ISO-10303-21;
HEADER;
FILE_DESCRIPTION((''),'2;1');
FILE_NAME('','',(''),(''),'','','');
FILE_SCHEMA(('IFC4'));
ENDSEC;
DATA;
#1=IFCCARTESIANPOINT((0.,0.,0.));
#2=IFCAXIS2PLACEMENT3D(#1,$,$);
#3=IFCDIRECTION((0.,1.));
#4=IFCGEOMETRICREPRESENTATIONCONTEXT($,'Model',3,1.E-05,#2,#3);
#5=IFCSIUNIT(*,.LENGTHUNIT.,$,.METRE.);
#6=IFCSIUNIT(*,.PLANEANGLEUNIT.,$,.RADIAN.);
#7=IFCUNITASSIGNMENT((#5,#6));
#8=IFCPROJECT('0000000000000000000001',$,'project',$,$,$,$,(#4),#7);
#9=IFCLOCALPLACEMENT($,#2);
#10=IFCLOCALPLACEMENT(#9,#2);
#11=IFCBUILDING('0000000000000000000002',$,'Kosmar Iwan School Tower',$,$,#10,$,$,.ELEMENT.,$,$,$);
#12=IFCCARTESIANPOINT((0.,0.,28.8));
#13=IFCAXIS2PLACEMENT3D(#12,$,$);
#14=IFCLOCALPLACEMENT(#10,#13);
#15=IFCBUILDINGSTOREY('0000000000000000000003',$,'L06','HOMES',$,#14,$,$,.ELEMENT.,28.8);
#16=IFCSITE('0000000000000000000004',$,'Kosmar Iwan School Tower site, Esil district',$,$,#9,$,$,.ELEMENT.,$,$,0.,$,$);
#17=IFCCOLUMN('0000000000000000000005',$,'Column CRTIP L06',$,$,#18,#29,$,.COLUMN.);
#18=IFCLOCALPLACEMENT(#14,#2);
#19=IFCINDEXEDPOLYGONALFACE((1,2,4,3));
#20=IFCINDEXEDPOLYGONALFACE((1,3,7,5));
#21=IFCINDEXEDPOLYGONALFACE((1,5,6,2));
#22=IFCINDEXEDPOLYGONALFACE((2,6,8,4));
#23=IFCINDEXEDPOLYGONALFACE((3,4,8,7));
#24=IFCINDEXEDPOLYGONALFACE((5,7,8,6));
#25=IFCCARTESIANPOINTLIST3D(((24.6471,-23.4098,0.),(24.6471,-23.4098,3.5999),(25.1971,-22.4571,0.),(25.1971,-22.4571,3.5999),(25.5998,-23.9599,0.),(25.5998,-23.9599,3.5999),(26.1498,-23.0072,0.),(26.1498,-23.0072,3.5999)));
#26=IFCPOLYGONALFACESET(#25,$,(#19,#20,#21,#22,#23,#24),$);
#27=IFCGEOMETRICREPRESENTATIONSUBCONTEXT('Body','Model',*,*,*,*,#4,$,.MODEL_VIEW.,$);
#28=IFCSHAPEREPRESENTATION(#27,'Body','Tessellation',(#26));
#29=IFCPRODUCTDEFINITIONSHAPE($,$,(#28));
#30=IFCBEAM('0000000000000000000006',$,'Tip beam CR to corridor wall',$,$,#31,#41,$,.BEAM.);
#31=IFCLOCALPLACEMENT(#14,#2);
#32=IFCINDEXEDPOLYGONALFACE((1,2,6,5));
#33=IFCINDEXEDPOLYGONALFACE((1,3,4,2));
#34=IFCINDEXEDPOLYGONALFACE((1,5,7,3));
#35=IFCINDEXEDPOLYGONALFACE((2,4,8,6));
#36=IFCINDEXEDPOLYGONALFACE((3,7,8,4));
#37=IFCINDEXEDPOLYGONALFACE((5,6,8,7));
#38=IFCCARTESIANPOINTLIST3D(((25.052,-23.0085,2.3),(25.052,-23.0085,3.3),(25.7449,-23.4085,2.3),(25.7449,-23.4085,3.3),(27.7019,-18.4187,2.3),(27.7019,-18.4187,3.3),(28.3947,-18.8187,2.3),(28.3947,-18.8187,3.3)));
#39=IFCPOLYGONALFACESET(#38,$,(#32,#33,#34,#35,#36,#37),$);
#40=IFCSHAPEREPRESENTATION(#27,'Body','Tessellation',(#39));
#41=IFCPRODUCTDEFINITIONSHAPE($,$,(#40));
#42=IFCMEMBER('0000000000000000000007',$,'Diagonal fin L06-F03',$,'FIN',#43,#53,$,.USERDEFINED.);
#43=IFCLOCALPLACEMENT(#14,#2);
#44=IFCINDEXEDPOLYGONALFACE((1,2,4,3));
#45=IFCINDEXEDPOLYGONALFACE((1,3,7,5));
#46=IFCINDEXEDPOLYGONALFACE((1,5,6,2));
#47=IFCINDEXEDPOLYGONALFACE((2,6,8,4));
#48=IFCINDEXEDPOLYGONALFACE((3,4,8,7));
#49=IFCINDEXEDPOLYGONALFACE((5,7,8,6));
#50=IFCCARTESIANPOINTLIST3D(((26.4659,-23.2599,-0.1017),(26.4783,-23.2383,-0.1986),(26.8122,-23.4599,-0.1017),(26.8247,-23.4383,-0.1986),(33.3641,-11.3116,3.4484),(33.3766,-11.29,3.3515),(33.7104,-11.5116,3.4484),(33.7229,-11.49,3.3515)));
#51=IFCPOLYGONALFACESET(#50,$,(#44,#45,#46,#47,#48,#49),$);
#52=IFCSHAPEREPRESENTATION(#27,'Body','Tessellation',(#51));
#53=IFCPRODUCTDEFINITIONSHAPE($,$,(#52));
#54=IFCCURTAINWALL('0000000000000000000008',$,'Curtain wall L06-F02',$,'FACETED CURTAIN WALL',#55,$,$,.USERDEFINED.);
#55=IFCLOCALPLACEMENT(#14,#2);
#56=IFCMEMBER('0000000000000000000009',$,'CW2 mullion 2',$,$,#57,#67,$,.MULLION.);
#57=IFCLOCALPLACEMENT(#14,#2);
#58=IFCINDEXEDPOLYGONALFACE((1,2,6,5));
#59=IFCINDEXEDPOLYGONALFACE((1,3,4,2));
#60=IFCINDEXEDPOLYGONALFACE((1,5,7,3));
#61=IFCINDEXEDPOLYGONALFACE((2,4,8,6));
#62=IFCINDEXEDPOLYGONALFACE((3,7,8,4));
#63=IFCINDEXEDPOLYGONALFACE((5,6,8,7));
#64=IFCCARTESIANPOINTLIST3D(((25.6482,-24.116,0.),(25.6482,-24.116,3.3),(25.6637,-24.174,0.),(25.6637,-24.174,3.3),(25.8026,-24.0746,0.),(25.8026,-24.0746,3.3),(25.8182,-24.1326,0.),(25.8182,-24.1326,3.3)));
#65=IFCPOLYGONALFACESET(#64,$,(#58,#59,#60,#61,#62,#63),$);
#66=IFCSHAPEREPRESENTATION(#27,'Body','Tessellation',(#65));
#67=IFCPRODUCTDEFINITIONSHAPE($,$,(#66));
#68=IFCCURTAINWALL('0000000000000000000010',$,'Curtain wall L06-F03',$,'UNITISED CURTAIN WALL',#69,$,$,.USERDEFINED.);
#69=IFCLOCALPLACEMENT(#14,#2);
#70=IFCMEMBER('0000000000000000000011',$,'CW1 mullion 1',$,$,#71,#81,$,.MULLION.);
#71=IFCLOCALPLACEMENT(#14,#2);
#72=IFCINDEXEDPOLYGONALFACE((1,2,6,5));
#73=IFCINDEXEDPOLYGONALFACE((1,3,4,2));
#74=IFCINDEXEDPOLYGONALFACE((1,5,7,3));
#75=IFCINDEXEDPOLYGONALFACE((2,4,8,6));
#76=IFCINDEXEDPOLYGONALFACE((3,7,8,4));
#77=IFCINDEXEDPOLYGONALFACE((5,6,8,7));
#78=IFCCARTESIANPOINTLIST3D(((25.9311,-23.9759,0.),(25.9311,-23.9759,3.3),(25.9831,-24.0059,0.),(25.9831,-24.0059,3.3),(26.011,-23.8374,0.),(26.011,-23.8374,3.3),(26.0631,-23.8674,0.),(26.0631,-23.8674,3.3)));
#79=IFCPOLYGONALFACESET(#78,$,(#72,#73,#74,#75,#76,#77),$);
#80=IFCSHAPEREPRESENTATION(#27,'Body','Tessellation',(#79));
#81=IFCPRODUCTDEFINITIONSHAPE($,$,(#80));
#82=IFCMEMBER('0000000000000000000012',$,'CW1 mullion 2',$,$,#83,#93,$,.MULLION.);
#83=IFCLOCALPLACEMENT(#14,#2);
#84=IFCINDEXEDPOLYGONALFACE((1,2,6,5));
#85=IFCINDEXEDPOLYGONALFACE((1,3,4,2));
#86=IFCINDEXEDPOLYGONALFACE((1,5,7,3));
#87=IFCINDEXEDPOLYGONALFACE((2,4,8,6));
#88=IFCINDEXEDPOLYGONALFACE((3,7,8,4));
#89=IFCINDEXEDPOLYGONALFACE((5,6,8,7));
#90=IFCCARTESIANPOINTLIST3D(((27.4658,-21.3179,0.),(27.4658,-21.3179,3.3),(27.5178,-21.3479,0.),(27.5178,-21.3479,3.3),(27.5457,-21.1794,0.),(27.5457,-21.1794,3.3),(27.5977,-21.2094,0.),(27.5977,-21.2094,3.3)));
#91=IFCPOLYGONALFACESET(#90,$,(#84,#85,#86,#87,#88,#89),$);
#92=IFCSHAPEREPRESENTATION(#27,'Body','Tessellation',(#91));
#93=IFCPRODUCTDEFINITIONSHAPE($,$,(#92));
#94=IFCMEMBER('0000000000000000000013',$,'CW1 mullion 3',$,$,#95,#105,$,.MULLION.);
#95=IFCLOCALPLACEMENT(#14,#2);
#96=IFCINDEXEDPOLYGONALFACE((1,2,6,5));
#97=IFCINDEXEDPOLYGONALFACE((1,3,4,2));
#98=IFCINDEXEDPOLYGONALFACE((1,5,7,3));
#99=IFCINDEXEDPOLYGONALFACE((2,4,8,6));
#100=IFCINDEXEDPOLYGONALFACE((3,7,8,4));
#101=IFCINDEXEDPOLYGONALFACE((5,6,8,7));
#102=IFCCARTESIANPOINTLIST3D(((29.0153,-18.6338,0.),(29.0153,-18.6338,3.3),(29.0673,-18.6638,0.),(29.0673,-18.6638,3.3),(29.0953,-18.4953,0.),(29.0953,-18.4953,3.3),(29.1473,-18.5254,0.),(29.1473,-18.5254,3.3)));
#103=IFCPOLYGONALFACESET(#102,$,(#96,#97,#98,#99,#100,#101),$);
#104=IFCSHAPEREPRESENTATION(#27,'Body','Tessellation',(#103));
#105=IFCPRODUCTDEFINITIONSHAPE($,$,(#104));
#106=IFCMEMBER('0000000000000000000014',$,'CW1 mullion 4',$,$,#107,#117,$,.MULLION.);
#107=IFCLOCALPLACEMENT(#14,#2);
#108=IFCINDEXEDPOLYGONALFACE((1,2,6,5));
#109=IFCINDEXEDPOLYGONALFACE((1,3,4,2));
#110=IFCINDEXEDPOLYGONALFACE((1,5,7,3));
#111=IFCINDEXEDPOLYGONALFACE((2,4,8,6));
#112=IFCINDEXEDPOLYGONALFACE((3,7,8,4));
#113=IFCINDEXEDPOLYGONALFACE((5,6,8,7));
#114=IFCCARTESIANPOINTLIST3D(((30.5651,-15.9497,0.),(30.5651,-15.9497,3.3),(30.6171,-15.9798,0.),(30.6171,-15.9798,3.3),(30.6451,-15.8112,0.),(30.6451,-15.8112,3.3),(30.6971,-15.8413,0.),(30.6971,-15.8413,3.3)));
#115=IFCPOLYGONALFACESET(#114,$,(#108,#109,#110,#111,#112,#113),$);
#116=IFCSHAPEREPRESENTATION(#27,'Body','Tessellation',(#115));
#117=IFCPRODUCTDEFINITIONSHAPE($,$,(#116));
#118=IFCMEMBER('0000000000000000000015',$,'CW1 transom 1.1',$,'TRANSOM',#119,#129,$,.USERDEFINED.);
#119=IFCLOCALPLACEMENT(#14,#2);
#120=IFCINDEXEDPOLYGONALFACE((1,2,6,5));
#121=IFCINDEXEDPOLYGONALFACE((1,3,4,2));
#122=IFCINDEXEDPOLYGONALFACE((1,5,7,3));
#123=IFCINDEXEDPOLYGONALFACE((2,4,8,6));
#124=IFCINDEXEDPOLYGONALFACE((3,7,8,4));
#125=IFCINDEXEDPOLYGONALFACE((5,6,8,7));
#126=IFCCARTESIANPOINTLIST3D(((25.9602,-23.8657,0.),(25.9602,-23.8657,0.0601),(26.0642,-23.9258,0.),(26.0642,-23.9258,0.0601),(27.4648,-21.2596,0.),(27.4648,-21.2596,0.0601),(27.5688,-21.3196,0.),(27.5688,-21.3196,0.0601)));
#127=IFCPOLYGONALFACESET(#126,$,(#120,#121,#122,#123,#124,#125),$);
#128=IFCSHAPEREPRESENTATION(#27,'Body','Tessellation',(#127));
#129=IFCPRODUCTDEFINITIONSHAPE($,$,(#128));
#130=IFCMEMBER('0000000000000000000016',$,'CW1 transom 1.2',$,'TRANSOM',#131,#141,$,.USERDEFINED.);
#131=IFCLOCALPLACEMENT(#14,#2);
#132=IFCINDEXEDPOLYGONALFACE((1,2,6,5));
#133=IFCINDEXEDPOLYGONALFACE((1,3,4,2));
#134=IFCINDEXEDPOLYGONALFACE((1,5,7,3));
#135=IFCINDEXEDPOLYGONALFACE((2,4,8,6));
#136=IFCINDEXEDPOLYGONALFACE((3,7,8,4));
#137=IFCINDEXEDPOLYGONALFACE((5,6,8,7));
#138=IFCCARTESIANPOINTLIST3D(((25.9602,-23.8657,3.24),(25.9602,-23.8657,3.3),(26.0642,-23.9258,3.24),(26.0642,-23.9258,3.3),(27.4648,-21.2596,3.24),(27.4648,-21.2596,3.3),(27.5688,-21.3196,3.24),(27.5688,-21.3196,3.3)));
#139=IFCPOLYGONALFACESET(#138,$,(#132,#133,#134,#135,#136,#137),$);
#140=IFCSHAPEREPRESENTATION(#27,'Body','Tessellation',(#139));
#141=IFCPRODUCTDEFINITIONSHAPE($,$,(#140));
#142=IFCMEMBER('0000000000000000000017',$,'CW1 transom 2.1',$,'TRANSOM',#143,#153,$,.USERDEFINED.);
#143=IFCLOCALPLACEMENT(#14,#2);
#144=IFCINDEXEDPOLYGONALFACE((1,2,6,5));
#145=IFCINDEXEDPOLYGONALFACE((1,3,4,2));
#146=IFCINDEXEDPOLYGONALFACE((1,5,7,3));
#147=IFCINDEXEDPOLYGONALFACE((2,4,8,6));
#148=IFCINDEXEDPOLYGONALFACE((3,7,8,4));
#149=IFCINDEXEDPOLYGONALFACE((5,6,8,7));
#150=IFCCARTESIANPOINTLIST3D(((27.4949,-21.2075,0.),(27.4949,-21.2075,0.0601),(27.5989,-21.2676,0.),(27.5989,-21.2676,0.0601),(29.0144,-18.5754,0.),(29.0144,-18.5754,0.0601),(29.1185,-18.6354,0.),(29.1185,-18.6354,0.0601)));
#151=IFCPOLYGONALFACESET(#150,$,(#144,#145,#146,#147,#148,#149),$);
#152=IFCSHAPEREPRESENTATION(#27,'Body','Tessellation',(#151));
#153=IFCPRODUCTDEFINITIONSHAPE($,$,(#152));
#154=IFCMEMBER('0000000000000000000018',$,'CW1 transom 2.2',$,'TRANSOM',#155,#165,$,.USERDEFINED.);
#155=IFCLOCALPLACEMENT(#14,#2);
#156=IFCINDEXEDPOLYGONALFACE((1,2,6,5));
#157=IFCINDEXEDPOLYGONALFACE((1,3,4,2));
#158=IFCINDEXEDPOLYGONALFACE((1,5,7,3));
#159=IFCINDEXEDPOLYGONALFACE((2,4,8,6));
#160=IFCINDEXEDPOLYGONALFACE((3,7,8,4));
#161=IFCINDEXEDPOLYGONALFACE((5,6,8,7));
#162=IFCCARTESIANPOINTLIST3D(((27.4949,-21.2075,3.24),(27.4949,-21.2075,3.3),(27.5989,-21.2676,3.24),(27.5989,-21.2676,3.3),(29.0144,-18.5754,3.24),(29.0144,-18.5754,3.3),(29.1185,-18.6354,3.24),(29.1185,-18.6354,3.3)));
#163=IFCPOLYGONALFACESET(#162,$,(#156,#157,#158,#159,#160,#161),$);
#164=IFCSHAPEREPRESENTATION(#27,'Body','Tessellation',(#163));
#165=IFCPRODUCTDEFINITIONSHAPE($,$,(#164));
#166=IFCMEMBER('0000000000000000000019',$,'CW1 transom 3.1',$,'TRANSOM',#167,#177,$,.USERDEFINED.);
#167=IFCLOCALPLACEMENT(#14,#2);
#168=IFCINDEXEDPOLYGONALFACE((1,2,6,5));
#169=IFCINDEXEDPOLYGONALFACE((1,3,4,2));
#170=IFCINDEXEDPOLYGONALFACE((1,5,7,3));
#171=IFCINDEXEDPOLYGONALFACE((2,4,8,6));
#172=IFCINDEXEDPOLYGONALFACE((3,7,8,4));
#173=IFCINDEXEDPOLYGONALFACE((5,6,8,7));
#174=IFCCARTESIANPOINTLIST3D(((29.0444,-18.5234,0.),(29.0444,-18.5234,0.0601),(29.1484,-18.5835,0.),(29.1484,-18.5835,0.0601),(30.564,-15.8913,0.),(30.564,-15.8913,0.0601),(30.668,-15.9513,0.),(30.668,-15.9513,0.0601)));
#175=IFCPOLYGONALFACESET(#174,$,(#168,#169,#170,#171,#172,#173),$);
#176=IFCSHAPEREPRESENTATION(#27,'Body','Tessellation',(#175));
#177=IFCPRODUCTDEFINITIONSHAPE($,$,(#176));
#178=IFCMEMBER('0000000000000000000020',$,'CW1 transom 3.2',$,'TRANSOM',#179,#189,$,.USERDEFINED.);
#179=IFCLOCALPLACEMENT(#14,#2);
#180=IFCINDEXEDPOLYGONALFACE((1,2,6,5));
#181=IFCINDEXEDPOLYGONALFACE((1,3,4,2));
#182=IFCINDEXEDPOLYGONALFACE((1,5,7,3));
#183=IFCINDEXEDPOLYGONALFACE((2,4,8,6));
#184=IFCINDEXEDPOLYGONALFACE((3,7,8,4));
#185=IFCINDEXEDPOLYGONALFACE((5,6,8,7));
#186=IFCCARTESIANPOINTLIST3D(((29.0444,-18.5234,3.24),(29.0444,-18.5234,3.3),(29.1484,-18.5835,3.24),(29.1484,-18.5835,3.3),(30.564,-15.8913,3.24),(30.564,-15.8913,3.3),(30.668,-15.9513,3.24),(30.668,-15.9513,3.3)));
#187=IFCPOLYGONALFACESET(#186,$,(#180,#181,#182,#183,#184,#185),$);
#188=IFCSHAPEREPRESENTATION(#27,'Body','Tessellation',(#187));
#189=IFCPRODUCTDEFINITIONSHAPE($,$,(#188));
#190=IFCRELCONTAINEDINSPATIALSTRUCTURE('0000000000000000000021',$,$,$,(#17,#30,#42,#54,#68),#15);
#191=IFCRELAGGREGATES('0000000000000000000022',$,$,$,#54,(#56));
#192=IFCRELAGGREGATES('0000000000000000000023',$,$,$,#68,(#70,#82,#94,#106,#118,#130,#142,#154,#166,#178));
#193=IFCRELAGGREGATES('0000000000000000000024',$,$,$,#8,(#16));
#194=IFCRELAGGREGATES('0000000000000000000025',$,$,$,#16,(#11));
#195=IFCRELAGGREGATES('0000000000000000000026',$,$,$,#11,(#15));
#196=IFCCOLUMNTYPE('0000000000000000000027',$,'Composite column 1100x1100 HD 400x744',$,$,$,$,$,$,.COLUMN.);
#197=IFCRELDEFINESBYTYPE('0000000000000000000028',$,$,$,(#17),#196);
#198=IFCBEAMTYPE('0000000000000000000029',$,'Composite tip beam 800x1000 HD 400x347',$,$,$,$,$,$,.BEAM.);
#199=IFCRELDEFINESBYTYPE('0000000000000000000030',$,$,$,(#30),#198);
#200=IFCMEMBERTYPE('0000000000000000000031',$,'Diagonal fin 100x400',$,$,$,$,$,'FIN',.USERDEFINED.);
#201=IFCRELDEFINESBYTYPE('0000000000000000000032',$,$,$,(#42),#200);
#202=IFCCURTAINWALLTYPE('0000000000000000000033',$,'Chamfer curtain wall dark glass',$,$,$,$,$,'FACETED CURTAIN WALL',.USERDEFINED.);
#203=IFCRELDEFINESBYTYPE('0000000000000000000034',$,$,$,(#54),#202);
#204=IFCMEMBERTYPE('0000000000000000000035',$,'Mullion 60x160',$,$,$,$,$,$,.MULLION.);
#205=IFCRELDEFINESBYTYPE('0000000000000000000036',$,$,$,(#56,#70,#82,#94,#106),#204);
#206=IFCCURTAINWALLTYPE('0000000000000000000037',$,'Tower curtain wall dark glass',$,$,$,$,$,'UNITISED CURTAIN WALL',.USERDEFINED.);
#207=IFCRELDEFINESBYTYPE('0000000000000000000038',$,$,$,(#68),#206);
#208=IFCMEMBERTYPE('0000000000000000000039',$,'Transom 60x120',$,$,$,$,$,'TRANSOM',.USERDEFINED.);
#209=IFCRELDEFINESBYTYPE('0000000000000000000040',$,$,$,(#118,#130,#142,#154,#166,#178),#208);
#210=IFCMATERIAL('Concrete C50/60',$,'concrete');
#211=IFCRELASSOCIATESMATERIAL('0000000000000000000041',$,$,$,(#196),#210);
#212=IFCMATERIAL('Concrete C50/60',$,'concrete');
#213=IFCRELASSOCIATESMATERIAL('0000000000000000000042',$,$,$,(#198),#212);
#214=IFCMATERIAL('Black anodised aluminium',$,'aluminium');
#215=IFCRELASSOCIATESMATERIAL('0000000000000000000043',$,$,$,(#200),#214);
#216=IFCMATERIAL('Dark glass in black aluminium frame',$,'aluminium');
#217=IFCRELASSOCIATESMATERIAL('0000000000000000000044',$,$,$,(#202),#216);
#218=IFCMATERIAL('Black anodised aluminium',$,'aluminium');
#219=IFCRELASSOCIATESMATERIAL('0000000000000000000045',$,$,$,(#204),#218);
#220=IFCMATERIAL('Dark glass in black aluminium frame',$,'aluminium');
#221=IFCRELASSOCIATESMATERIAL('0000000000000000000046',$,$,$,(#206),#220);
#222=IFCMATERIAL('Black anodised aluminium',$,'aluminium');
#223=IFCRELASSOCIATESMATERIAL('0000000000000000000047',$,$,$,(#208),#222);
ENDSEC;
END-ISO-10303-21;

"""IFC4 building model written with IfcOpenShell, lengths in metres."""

from ifc_helpers import new_model, si_unit, direction, frame, origin, origin_2d, place, context, subcontext, project, spatial, rectangle, extrude, material, material_profile, profile_set, type_object, element, aggregate, save


model = new_model("IFC4")

# Units and contexts
model_context = context("Model", 3, precision=1e-05, world=origin(), true_north=direction((0.0, 1.0)))
body_context = subcontext(model_context, "Body", "Model", "MODEL_VIEW")
ifc_project = project(units=[si_unit("LENGTHUNIT", "METRE"), si_unit("PLANEANGLEUNIT", "RADIAN")], contexts=[model_context])

# Site, building, storey
site_placement = place(None, origin())
site = spatial("IfcSite", under=ifc_project, at=site_placement, Name="Kosmar Iwan School Tower site, Esil district", CompositionType="ELEMENT", RefElevation=0.0)
building_placement = place(site_placement, origin())
building = spatial("IfcBuilding", under=site, at=building_placement, Name="Kosmar Iwan School Tower", CompositionType="ELEMENT")
storey_placement = place(building_placement, frame((0.0, 0.0, 28.8)))
storey = spatial("IfcBuildingStorey", under=building, at=storey_placement, Name="L06", Description="HOMES", CompositionType="ELEMENT", Elevation=28.8)

# Column
ifc_material_1 = material(Name="Concrete C50/60", Category="concrete")
ifc_material_profile_1 = material_profile(ifc_material_1, rectangle(XDim=1.1001, YDim=1.1001, at=origin_2d()), Name="RC 1100x1100 + HD 400x744")
ifc_profile_set_1 = profile_set([ifc_material_profile_1], Name="Concrete C50/60")
column_type = type_object("IfcColumnType", Name="Composite column 1100x1100 HD 400x744", PredefinedType="COLUMN", material=ifc_profile_set_1)
column_placement = place(storey_placement, frame((25.3984, -23.2085, 0.0), z_axis=(0.0, 0.0, 1.0), x_axis=(0.866025, -0.5, 0.0)))
element("IfcColumn", 1, at=column_placement, inside=storey, type_object=column_type, Name="Column CRTIP L06", PredefinedType="COLUMN", context=body_context, shape_type="SweptSolid", body=[
    extrude(rectangle(XDim=1.1001, YDim=1.1001, at=origin_2d()), origin(), (0.0, 0.0, 1.0), 3.5999),
])

# Beam
ifc_material_2 = material(Name="Concrete C50/60", Category="concrete")
ifc_material_profile_2 = material_profile(ifc_material_2, rectangle(XDim=0.8, YDim=1.0, at=origin_2d()), Name="RC 800x1000 + HD 400x347")
ifc_profile_set_2 = profile_set([ifc_material_profile_2], Name="Concrete C50/60")
beam_type = type_object("IfcBeamType", Name="Composite tip beam 800x1000 HD 400x347", PredefinedType="BEAM", material=ifc_profile_set_2)
beam_placement = place(storey_placement, frame((25.3984, -23.2085, 2.8), z_axis=(0.499994, 0.866029, 0.0), x_axis=(-0.866029, 0.499994, 0.0)))
element("IfcBeam", 2, at=beam_placement, inside=storey, type_object=beam_type, Name="Tip beam CR to corridor wall", PredefinedType="BEAM", context=body_context, shape_type="SweptSolid", body=[
    extrude(rectangle(XDim=0.8, YDim=1.0, at=origin_2d()), origin(), (0.0, 0.0, 1.0), 5.2998),
])

# Member
ifc_material_3 = material(Name="Black anodised aluminium", Category="aluminium")
ifc_material_profile_3 = material_profile(ifc_material_3, rectangle(XDim=0.1001, YDim=0.3999, at=origin_2d()), Name="FIN 100x400")
ifc_profile_set_3 = profile_set([ifc_material_profile_3], Name="Black anodised aluminium")
member_type_1 = type_object("IfcMemberType", Name="Diagonal fin 100x400", ElementType="FIN", PredefinedType="USERDEFINED", material=ifc_profile_set_3)
member_1_placement = place(storey_placement, frame((26.6453, -23.3491, -0.1501), z_axis=(0.48422, 0.838709, 0.249196), x_axis=(-0.124596, -0.215811, 0.968453)))
element("IfcMember", 3, at=member_1_placement, inside=storey, type_object=member_type_1, Name="Diagonal fin L06-F03", ObjectType="FIN", PredefinedType="USERDEFINED", context=body_context, shape_type="SweptSolid", body=[
    extrude(rectangle(XDim=0.1001, YDim=0.3999, at=origin_2d()), origin(), (0.0, 0.0, 1.0), 14.2461),
])

# Curtain wall, member
ifc_material_4 = material(Name="Dark glass in black aluminium frame", Category="aluminium")
curtain_wall_type_1 = type_object("IfcCurtainWallType", Name="Chamfer curtain wall dark glass", ElementType="FACETED CURTAIN WALL", PredefinedType="USERDEFINED", material=ifc_material_4)
curtain_wall_1_placement = place(storey_placement, origin())
curtain_wall_1 = element("IfcCurtainWall", 4, at=curtain_wall_1_placement, inside=storey, type_object=curtain_wall_type_1, Name="Curtain wall L06-F02", ObjectType="FACETED CURTAIN WALL", PredefinedType="USERDEFINED")
ifc_material_5 = material(Name="Black anodised aluminium", Category="aluminium")
ifc_material_profile_4 = material_profile(ifc_material_5, rectangle(XDim=0.0601, YDim=0.1599, at=origin_2d()), Name="MULLION 60x160")
ifc_profile_set_4 = profile_set([ifc_material_profile_4], Name="Black anodised aluminium")
member_type_2 = type_object("IfcMemberType", Name="Mullion 60x160", PredefinedType="MULLION", material=ifc_profile_set_4)
member_2_placement = place(storey_placement, frame((25.7332, -24.1243, 0.0), z_axis=(0.0, 0.0, 1.0), x_axis=(-0.258819, 0.965926, 0.0)))
member_2 = element("IfcMember", 5, at=member_2_placement, type_object=member_type_2, Name="CW2 mullion 2", PredefinedType="MULLION", context=body_context, shape_type="SweptSolid", body=[
    extrude(rectangle(XDim=0.0601, YDim=0.1599, at=origin_2d()), origin(), (0.0, 0.0, 1.0), 3.3),
])

# Curtain wall, members
ifc_material_6 = material(Name="Dark glass in black aluminium frame", Category="aluminium")
curtain_wall_type_2 = type_object("IfcCurtainWallType", Name="Tower curtain wall dark glass", ElementType="UNITISED CURTAIN WALL", PredefinedType="USERDEFINED", material=ifc_material_6)
curtain_wall_2_placement = place(storey_placement, origin())
curtain_wall_2 = element("IfcCurtainWall", 6, at=curtain_wall_2_placement, inside=storey, type_object=curtain_wall_type_2, Name="Curtain wall L06-F03", ObjectType="UNITISED CURTAIN WALL", PredefinedType="USERDEFINED")
member_3_placement = place(storey_placement, frame((25.9971, -23.9216, 0.0), z_axis=(0.0, 0.0, 1.0), x_axis=(-0.866025, 0.5, 0.0)))
member_3 = element("IfcMember", 7, at=member_3_placement, type_object=member_type_2, Name="CW1 mullion 1", PredefinedType="MULLION", context=body_context, shape_type="SweptSolid", body=[
    extrude(rectangle(XDim=0.0601, YDim=0.1599, at=origin_2d()), origin(), (0.0, 0.0, 1.0), 3.3),
])
member_4_placement = place(storey_placement, frame((27.5317, -21.2637, 0.0), z_axis=(0.0, 0.0, 1.0), x_axis=(-0.866025, 0.5, 0.0)))
member_4 = element("IfcMember", 8, at=member_4_placement, type_object=member_type_2, Name="CW1 mullion 2", PredefinedType="MULLION", context=body_context, shape_type="SweptSolid", body=[
    extrude(rectangle(XDim=0.0601, YDim=0.1599, at=origin_2d()), origin(), (0.0, 0.0, 1.0), 3.3),
])
member_5_placement = place(storey_placement, frame((29.0813, -18.5796, 0.0), z_axis=(0.0, 0.0, 1.0), x_axis=(-0.866025, 0.5, 0.0)))
member_5 = element("IfcMember", 9, at=member_5_placement, type_object=member_type_2, Name="CW1 mullion 3", PredefinedType="MULLION", context=body_context, shape_type="SweptSolid", body=[
    extrude(rectangle(XDim=0.0601, YDim=0.1599, at=origin_2d()), origin(), (0.0, 0.0, 1.0), 3.3),
])
member_6_placement = place(storey_placement, frame((30.6311, -15.8955, 0.0), z_axis=(0.0, 0.0, 1.0), x_axis=(-0.866025, 0.5, 0.0)))
member_6 = element("IfcMember", 10, at=member_6_placement, type_object=member_type_2, Name="CW1 mullion 4", PredefinedType="MULLION", context=body_context, shape_type="SweptSolid", body=[
    extrude(rectangle(XDim=0.0601, YDim=0.1599, at=origin_2d()), origin(), (0.0, 0.0, 1.0), 3.3),
])
ifc_material_7 = material(Name="Black anodised aluminium", Category="aluminium")
ifc_material_profile_5 = material_profile(ifc_material_7, rectangle(XDim=0.1201, YDim=0.0601, at=origin_2d()), Name="TRANSOM 60x120")
ifc_profile_set_5 = profile_set([ifc_material_profile_5], Name="Black anodised aluminium")
member_type_3 = type_object("IfcMemberType", Name="Transom 60x120", ElementType="TRANSOM", PredefinedType="USERDEFINED", material=ifc_profile_set_5)
member_7_placement = place(storey_placement, frame((26.0122, -23.8958, 0.03), z_axis=(0.499987, 0.866033, 0.0), x_axis=(-0.866033, 0.499987, 0.0)))
member_7 = element("IfcMember", 11, at=member_7_placement, type_object=member_type_3, Name="CW1 transom 1.1", ObjectType="TRANSOM", PredefinedType="USERDEFINED", context=body_context, shape_type="SweptSolid", body=[
    extrude(rectangle(XDim=0.1201, YDim=0.0601, at=origin_2d()), origin(), (0.0, 0.0, 1.0), 3.0093),
])
member_8_placement = place(storey_placement, frame((26.0122, -23.8958, 3.27), z_axis=(0.499987, 0.866033, 0.0), x_axis=(-0.866033, 0.499987, 0.0)))
member_8 = element("IfcMember", 12, at=member_8_placement, type_object=member_type_3, Name="CW1 transom 1.2", ObjectType="TRANSOM", PredefinedType="USERDEFINED", context=body_context, shape_type="SweptSolid", body=[
    extrude(rectangle(XDim=0.1201, YDim=0.0601, at=origin_2d()), origin(), (0.0, 0.0, 1.0), 3.0093),
])
member_9_placement = place(storey_placement, frame((27.5469, -21.2375, 0.03), z_axis=(0.499975, 0.86604, 0.0), x_axis=(-0.86604, 0.499975, 0.0)))
member_9 = element("IfcMember", 13, at=member_9_placement, type_object=member_type_3, Name="CW1 transom 2.1", ObjectType="TRANSOM", PredefinedType="USERDEFINED", context=body_context, shape_type="SweptSolid", body=[
    extrude(rectangle(XDim=0.1201, YDim=0.0601, at=origin_2d()), origin(), (0.0, 0.0, 1.0), 3.0393),
])
member_10_placement = place(storey_placement, frame((27.5469, -21.2375, 3.27), z_axis=(0.499975, 0.86604, 0.0), x_axis=(-0.86604, 0.499975, 0.0)))
member_10 = element("IfcMember", 14, at=member_10_placement, type_object=member_type_3, Name="CW1 transom 2.2", ObjectType="TRANSOM", PredefinedType="USERDEFINED", context=body_context, shape_type="SweptSolid", body=[
    extrude(rectangle(XDim=0.1201, YDim=0.0601, at=origin_2d()), origin(), (0.0, 0.0, 1.0), 3.0393),
])
member_11_placement = place(storey_placement, frame((29.0964, -18.5535, 0.03), z_axis=(0.499975, 0.86604, 0.0), x_axis=(-0.86604, 0.499975, 0.0)))
member_11 = element("IfcMember", 15, at=member_11_placement, type_object=member_type_3, Name="CW1 transom 3.1", ObjectType="TRANSOM", PredefinedType="USERDEFINED", context=body_context, shape_type="SweptSolid", body=[
    extrude(rectangle(XDim=0.1201, YDim=0.0601, at=origin_2d()), origin(), (0.0, 0.0, 1.0), 3.0393),
])
member_12_placement = place(storey_placement, frame((29.0964, -18.5535, 3.27), z_axis=(0.499975, 0.86604, 0.0), x_axis=(-0.86604, 0.499975, 0.0)))
member_12 = element("IfcMember", 16, at=member_12_placement, type_object=member_type_3, Name="CW1 transom 3.2", ObjectType="TRANSOM", PredefinedType="USERDEFINED", context=body_context, shape_type="SweptSolid", body=[
    extrude(rectangle(XDim=0.1201, YDim=0.0601, at=origin_2d()), origin(), (0.0, 0.0, 1.0), 3.0393),
])

aggregate(curtain_wall_1, [member_2])
aggregate(curtain_wall_2, [member_3, member_4, member_5, member_6, member_7, member_8, member_9, member_10, member_11, member_12])

save(model, "model.ifc")
